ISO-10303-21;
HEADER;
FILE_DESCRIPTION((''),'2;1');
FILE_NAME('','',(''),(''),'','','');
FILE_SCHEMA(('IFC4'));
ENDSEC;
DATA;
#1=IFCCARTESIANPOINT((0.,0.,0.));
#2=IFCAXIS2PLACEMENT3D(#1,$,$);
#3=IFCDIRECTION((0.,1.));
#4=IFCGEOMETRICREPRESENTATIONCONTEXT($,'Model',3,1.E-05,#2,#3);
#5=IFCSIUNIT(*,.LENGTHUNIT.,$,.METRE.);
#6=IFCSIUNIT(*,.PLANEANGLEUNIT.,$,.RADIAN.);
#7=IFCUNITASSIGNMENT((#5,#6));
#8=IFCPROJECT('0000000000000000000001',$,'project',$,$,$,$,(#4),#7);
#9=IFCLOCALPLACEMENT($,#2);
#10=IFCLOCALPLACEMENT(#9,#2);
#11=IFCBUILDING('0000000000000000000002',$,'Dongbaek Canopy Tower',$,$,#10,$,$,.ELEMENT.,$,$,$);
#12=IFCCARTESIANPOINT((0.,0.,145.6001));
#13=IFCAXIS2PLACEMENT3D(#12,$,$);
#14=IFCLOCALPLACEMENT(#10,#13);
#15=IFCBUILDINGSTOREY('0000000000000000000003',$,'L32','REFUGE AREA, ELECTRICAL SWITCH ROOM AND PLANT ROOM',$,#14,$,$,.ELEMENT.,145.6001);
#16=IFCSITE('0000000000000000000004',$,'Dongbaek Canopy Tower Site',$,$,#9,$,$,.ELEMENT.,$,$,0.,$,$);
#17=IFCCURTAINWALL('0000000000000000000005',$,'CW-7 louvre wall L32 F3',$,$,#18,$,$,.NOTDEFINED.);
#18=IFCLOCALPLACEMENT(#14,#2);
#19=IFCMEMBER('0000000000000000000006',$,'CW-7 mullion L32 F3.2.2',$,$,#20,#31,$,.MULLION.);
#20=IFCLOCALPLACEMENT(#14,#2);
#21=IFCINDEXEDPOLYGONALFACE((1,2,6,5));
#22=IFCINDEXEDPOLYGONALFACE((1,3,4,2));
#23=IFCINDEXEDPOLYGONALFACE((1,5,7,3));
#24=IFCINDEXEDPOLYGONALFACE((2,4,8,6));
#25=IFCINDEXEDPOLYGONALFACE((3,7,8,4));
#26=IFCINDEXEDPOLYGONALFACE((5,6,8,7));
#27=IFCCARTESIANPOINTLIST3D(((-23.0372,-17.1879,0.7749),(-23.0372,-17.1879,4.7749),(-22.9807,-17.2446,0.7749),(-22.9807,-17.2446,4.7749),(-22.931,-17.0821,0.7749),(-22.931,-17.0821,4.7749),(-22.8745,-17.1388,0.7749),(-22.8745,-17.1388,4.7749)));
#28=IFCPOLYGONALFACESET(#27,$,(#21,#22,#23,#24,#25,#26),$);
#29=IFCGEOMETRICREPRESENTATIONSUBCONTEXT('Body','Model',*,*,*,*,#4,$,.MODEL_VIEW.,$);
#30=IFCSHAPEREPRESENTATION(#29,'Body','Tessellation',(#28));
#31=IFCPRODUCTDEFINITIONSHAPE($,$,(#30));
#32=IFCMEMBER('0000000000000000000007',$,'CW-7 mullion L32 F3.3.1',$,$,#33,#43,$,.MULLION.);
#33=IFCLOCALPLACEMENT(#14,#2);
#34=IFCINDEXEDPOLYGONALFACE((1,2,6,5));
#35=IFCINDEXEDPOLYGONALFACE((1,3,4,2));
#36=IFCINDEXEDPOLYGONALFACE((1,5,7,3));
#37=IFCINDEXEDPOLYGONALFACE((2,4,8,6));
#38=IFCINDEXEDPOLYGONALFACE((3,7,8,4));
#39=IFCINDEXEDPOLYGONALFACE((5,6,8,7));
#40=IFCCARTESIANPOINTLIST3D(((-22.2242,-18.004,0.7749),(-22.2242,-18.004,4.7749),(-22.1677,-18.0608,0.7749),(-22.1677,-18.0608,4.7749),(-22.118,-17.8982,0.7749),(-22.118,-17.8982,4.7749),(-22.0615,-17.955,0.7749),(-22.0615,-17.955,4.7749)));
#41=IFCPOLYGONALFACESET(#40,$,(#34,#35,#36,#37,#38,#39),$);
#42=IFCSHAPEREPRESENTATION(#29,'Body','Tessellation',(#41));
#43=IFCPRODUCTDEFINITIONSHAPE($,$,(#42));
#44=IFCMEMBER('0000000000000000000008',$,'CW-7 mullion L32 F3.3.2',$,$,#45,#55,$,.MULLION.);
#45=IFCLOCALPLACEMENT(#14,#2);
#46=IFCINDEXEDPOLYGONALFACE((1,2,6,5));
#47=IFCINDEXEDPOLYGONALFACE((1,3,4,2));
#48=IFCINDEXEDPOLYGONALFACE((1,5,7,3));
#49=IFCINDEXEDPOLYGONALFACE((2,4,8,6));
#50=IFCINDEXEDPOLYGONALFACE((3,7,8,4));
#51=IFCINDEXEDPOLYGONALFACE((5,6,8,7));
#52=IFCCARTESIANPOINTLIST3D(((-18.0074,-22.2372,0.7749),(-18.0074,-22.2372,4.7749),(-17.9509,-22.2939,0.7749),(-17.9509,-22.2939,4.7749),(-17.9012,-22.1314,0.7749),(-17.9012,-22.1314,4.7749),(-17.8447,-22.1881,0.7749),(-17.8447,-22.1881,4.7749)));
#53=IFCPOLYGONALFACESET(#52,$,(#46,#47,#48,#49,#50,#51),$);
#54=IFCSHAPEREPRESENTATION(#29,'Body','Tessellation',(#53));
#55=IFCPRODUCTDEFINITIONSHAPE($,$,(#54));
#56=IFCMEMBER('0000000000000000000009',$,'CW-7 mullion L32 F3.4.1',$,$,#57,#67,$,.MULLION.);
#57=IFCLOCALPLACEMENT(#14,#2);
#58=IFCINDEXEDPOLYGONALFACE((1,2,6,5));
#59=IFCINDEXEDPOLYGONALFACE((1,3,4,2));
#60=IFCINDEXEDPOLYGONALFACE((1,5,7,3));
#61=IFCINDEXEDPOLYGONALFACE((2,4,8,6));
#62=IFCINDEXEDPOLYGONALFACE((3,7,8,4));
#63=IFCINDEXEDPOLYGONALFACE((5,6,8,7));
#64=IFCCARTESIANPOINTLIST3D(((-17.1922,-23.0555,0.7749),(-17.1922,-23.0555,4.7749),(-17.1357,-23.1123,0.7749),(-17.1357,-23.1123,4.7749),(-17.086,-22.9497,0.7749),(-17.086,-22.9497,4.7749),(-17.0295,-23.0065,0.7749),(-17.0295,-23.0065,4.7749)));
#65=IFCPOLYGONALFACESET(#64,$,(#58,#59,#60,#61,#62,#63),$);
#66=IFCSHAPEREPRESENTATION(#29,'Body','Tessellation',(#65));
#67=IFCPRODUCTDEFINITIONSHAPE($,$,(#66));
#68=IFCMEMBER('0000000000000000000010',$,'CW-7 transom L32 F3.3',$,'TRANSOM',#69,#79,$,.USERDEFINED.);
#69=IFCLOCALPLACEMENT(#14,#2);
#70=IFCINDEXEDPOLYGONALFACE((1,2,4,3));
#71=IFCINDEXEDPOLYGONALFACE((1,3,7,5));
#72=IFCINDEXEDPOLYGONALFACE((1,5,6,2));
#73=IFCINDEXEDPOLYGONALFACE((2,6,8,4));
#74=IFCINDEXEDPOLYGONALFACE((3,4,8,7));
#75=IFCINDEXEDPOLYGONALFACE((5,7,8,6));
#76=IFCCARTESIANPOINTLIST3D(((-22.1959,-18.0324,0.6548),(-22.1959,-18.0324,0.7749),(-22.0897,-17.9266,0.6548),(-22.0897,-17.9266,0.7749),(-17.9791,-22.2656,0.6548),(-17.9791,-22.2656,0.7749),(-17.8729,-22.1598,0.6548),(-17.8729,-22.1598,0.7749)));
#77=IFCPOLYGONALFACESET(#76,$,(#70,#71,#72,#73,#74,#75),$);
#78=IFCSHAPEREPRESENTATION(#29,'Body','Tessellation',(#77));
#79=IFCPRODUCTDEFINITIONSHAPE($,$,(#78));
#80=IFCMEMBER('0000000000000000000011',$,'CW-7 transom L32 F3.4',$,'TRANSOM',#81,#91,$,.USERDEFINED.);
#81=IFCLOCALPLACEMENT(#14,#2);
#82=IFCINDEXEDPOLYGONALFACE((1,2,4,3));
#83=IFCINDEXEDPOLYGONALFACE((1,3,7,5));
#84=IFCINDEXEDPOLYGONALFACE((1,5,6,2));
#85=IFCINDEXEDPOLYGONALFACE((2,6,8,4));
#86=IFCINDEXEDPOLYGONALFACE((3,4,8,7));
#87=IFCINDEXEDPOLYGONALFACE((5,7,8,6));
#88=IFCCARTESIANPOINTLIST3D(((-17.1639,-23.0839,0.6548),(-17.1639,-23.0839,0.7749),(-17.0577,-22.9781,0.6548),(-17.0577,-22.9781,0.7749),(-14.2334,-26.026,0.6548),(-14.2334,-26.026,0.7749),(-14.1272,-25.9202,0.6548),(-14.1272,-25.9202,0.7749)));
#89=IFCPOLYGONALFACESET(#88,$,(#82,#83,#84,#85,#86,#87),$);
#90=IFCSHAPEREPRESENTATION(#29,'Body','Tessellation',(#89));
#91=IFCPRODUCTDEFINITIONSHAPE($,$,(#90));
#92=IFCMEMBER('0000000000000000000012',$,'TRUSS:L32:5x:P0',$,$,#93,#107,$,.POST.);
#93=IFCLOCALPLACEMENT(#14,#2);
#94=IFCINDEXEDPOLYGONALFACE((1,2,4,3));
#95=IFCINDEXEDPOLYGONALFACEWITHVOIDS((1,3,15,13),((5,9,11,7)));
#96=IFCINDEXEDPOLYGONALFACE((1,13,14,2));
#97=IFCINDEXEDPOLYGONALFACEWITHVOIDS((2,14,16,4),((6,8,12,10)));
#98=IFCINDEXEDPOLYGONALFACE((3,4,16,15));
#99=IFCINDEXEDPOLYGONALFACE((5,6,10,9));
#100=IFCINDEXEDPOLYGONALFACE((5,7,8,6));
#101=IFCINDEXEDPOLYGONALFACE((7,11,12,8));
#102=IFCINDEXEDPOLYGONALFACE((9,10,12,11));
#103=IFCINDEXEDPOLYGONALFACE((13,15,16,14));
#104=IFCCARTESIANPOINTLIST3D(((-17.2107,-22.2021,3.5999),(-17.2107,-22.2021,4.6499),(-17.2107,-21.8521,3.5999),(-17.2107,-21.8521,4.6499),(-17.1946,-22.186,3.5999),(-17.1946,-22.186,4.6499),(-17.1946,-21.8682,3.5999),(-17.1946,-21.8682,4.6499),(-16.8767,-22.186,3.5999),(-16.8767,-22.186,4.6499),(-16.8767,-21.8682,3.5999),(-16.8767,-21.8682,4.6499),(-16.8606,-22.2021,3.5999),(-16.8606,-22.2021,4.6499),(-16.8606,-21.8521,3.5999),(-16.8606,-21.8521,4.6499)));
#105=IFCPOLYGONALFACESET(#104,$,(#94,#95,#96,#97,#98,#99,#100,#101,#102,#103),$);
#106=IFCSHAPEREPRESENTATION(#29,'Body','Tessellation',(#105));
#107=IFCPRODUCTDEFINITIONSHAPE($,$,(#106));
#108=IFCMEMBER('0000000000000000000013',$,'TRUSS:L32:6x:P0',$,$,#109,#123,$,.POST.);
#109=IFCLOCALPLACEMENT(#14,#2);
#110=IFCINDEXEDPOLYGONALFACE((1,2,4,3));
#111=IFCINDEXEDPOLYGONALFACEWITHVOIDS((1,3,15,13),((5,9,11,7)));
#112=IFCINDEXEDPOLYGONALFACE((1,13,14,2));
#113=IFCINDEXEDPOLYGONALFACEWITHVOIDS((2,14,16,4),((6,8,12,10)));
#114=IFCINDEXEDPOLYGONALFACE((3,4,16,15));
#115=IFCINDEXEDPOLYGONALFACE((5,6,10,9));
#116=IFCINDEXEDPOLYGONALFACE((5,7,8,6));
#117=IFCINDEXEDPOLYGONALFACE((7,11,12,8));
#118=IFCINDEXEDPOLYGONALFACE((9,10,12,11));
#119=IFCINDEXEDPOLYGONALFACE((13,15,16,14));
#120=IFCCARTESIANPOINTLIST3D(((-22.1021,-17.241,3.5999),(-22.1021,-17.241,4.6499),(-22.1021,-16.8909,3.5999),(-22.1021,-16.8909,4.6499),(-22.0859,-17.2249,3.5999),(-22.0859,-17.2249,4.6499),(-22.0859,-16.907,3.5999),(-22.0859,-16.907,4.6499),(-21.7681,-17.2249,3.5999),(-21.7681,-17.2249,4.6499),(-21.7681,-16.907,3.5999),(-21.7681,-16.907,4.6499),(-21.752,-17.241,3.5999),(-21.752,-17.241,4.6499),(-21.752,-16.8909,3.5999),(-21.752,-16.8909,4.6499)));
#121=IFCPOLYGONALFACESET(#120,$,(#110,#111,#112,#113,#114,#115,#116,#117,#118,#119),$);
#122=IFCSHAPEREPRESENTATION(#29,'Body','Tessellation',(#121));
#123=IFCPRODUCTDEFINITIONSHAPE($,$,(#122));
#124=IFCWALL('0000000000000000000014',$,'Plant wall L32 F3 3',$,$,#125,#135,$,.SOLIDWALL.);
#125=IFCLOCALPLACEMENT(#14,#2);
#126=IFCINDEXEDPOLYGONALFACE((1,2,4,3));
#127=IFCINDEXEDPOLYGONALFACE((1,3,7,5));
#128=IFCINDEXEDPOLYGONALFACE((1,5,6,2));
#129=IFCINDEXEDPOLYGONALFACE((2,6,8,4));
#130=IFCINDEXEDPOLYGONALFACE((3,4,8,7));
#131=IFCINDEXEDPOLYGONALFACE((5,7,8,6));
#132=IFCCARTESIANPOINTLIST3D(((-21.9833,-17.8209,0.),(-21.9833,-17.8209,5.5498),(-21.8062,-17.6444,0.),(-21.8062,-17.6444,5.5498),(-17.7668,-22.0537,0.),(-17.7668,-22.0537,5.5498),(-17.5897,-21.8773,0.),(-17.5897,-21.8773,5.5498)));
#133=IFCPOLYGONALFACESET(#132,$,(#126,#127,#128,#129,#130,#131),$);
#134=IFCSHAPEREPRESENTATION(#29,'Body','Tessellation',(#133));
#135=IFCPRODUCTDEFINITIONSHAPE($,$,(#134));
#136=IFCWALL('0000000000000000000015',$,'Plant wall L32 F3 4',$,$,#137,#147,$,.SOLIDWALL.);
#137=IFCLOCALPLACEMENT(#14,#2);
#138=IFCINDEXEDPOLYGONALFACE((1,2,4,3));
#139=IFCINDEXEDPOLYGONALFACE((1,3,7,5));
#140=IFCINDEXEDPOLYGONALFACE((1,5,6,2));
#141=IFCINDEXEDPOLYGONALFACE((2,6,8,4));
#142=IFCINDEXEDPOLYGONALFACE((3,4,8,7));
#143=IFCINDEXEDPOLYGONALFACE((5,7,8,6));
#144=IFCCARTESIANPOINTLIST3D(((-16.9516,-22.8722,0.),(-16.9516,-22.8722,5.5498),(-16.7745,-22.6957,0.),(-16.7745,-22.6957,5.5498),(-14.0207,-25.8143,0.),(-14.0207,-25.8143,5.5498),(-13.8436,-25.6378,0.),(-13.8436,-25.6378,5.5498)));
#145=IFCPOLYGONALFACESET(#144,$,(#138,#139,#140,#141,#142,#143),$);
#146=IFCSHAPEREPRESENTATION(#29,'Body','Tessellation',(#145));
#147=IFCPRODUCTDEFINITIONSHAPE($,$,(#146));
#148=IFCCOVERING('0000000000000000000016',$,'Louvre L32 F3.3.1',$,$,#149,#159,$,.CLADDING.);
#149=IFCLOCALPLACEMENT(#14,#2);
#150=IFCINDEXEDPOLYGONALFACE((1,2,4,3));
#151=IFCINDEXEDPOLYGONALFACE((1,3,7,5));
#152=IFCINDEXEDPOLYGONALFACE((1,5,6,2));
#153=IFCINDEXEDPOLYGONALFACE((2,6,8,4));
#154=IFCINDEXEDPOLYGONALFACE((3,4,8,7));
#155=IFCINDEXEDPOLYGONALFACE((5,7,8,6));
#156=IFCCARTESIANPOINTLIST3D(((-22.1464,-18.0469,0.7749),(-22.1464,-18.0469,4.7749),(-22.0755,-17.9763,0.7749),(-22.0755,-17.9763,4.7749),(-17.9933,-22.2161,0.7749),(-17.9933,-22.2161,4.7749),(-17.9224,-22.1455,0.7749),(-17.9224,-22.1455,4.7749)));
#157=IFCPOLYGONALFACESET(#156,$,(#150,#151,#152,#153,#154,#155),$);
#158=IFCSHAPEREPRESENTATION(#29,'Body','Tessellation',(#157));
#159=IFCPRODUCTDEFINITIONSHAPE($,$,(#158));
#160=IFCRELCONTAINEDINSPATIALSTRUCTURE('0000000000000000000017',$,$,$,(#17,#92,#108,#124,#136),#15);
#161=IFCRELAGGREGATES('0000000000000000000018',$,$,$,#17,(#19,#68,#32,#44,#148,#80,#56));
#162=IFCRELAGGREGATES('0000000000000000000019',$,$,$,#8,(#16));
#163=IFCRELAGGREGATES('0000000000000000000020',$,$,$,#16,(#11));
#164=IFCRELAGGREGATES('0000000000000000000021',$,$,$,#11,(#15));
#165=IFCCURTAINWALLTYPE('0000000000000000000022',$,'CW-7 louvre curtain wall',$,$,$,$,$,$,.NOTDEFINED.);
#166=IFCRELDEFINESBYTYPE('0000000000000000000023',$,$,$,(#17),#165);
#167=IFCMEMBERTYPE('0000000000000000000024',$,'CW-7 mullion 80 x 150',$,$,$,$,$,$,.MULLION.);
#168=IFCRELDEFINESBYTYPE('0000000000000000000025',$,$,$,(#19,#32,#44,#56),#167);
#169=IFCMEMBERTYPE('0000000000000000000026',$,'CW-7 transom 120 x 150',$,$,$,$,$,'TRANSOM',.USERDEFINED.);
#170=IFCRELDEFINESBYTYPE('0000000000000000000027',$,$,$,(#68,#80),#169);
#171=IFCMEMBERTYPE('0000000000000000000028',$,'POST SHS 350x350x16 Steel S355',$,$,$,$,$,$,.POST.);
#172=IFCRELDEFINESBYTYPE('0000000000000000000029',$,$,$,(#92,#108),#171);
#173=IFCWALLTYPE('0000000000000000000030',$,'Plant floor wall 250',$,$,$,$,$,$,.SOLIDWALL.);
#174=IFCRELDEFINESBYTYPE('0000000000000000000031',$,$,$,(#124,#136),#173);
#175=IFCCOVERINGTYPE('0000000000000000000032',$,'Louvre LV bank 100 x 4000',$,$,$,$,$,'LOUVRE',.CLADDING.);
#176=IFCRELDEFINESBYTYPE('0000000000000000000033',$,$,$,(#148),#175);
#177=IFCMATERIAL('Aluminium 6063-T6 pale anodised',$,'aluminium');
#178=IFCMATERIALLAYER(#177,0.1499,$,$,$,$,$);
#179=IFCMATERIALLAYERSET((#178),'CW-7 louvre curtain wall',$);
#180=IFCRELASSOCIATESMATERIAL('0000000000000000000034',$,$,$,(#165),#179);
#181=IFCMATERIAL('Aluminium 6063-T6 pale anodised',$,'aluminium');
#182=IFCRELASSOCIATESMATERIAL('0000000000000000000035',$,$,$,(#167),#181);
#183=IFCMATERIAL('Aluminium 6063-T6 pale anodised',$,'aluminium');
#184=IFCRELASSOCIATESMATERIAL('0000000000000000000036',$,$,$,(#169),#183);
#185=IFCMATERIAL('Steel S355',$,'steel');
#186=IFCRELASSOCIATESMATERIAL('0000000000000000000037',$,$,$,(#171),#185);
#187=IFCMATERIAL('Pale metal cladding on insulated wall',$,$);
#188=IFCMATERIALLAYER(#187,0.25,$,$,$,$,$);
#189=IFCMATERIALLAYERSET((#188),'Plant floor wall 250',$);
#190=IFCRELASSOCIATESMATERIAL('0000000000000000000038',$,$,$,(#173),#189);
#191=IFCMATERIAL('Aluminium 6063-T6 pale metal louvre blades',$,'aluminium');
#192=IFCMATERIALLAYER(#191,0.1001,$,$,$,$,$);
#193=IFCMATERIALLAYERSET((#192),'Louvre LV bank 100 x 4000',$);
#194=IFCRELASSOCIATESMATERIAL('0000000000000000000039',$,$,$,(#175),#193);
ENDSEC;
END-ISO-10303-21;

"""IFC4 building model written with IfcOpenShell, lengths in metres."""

from ifc_helpers import new_model, si_unit, direction, frame, frame_2d, origin, origin_2d, place, context, subcontext, project, spatial, rectangle, hollow_rectangle, extrude, material, layer, layer_set, material_profile, profile_set, type_object, element, aggregate, save


model = new_model("IFC4")

# Units and contexts
model_context = context("Model", 3, precision=1e-05, world=origin(), true_north=direction((0.0, 1.0)))
body_context = subcontext(model_context, "Body", "Model", "MODEL_VIEW")
ifc_project = project(units=[si_unit("LENGTHUNIT", "METRE"), si_unit("PLANEANGLEUNIT", "RADIAN")], contexts=[model_context])

# Site, building, storey
site_placement = place(None, origin())
site = spatial("IfcSite", under=ifc_project, at=site_placement, Name="Dongbaek Canopy Tower Site", CompositionType="ELEMENT", RefElevation=0.0)
building_placement = place(site_placement, origin())
building = spatial("IfcBuilding", under=site, at=building_placement, Name="Dongbaek Canopy Tower", CompositionType="ELEMENT")
storey_placement = place(building_placement, frame((0.0, 0.0, 145.6001)))
storey = spatial("IfcBuildingStorey", under=building, at=storey_placement, Name="L32", Description="REFUGE AREA, ELECTRICAL SWITCH ROOM AND PLANT ROOM", CompositionType="ELEMENT", Elevation=145.6001)

# Curtain wall, members
ifc_material_1 = material(Name="Aluminium 6063-T6 pale anodised", Category="aluminium")
ifc_layer_1 = layer(ifc_material_1, 0.1499)
ifc_layer_set_1 = layer_set([ifc_layer_1], Name="CW-7 louvre curtain wall")
curtain_wall_type = type_object("IfcCurtainWallType", Name="CW-7 louvre curtain wall", PredefinedType="NOTDEFINED", material=ifc_layer_set_1)
curtain_wall_placement = place(storey_placement, origin())
curtain_wall = element("IfcCurtainWall", 1, at=curtain_wall_placement, inside=storey, type_object=curtain_wall_type, Name="CW-7 louvre wall L32 F3", PredefinedType="NOTDEFINED")
ifc_material_2 = material(Name="Aluminium 6063-T6 pale anodised", Category="aluminium")
ifc_material_profile_1 = material_profile(ifc_material_2, rectangle(XDim=0.1499, YDim=0.0801, at=origin_2d()), Name="CW-7 mullion 80 x 150")
ifc_profile_set_1 = profile_set([ifc_material_profile_1], Name="Aluminium 6063-T6 pale anodised")
member_type_1 = type_object("IfcMemberType", Name="CW-7 mullion 80 x 150", PredefinedType="MULLION", material=ifc_profile_set_1)
member_1_placement = place(storey_placement, frame((-22.9558, -17.1633, 0.7749), z_axis=(0.0, 0.0, 1.0), x_axis=(-0.708479, -0.705732, 0.0)))
member_1 = element("IfcMember", 2, at=member_1_placement, type_object=member_type_1, Name="CW-7 mullion L32 F3.2.2", PredefinedType="MULLION", context=body_context, shape_type="SweptSolid", body=[
    extrude(rectangle(XDim=0.1499, YDim=0.0801, at=origin_2d()), origin(), (0.0, 0.0, 1.0), 4.0),
])
member_2_placement = place(storey_placement, frame((-22.1428, -17.9795, 0.7749), z_axis=(0.0, 0.0, 1.0), x_axis=(-0.708479, -0.705732, 0.0)))
member_2 = element("IfcMember", 3, at=member_2_placement, type_object=member_type_1, Name="CW-7 mullion L32 F3.3.1", PredefinedType="MULLION", context=body_context, shape_type="SweptSolid", body=[
    extrude(rectangle(XDim=0.1499, YDim=0.0801, at=origin_2d()), origin(), (0.0, 0.0, 1.0), 4.0),
])
member_3_placement = place(storey_placement, frame((-17.926, -22.2126, 0.7749), z_axis=(0.0, 0.0, 1.0), x_axis=(-0.708479, -0.705732, 0.0)))
member_3 = element("IfcMember", 4, at=member_3_placement, type_object=member_type_1, Name="CW-7 mullion L32 F3.3.2", PredefinedType="MULLION", context=body_context, shape_type="SweptSolid", body=[
    extrude(rectangle(XDim=0.1499, YDim=0.0801, at=origin_2d()), origin(), (0.0, 0.0, 1.0), 4.0),
])
member_4_placement = place(storey_placement, frame((-17.1108, -23.031, 0.7749), z_axis=(0.0, 0.0, 1.0), x_axis=(-0.708479, -0.705732, 0.0)))
member_4 = element("IfcMember", 5, at=member_4_placement, type_object=member_type_1, Name="CW-7 mullion L32 F3.4.1", PredefinedType="MULLION", context=body_context, shape_type="SweptSolid", body=[
    extrude(rectangle(XDim=0.1499, YDim=0.0801, at=origin_2d()), origin(), (0.0, 0.0, 1.0), 4.0),
])
ifc_material_3 = material(Name="Aluminium 6063-T6 pale anodised", Category="aluminium")
ifc_material_profile_2 = material_profile(ifc_material_3, rectangle(XDim=0.1499, YDim=0.1201, at=origin_2d()), Name="CW-7 transom 120 x 150")
ifc_profile_set_2 = profile_set([ifc_material_profile_2], Name="Aluminium 6063-T6 pale anodised")
member_type_2 = type_object("IfcMemberType", Name="CW-7 transom 120 x 150", ElementType="TRANSOM", PredefinedType="USERDEFINED", material=ifc_profile_set_2)
member_5_placement = place(storey_placement, frame((-22.1428, -17.9795, 0.7148), z_axis=(0.705737, -0.708474, 0.0), x_axis=(0.708474, 0.705737, 0.0)))
member_5 = element("IfcMember", 6, at=member_5_placement, type_object=member_type_2, Name="CW-7 transom L32 F3.3", ObjectType="TRANSOM", PredefinedType="USERDEFINED", context=body_context, shape_type="SweptSolid", body=[
    extrude(rectangle(XDim=0.1499, YDim=0.1201, at=origin_2d()), origin(), (0.0, 0.0, 1.0), 5.9751),
])
member_6_placement = place(storey_placement, frame((-17.1108, -23.031, 0.7148), z_axis=(0.705724, -0.708487, 0.0), x_axis=(0.708487, 0.705724, 0.0)))
member_6 = element("IfcMember", 7, at=member_6_placement, type_object=member_type_2, Name="CW-7 transom L32 F3.4", ObjectType="TRANSOM", PredefinedType="USERDEFINED", context=body_context, shape_type="SweptSolid", body=[
    extrude(rectangle(XDim=0.1499, YDim=0.1201, at=origin_2d()), origin(), (0.0, 0.0, 1.0), 4.1526),
])

# Members
ifc_material_4 = material(Name="Steel S355", Category="steel")
ifc_material_profile_3 = material_profile(ifc_material_4, hollow_rectangle(XDim=0.3501, YDim=0.3501, WallThickness=0.0161, at=origin_2d()), Name="POST SHS 350x350x16 Steel S355")
ifc_profile_set_3 = profile_set([ifc_material_profile_3], Name="Steel S355")
member_type_3 = type_object("IfcMemberType", Name="POST SHS 350x350x16 Steel S355", PredefinedType="POST", material=ifc_profile_set_3)
for number, where, z_axis, x_axis, name in (
    (8, (-17.0356, -22.0271, 3.5999), (0.0, 0.0, 1.0), (1.0, 0.0, 0.0), "TRUSS:L32:5x:P0"),
    (9, (-21.927, -17.0659, 3.5999), (0.0, 0.0, 1.0), (1.0, 0.0, 0.0), "TRUSS:L32:6x:P0"),
):
    element("IfcMember", number, at=place(storey_placement, frame(where, z_axis=z_axis, x_axis=x_axis)), inside=storey, type_object=member_type_3, Name=name, PredefinedType="POST", context=body_context, shape_type="SweptSolid", body=[
        extrude(hollow_rectangle(XDim=0.3501, YDim=0.3501, WallThickness=0.0161, at=origin_2d()), origin(), (0.0, 0.0, 1.0), 1.05),
    ])

# Walls
ifc_material_5 = material(Name="Pale metal cladding on insulated wall")
ifc_layer_2 = layer(ifc_material_5, 0.25)
ifc_layer_set_2 = layer_set([ifc_layer_2], Name="Plant floor wall 250")
wall_type = type_object("IfcWallType", Name="Plant floor wall 250", PredefinedType="SOLIDWALL", material=ifc_layer_set_2)
wall_1_placement = place(storey_placement, frame((-21.8948, -17.7327, 0.0), z_axis=(0.0, 0.0, 1.0), x_axis=(0.705737, -0.708474, 0.0)))
element("IfcWall", 10, at=wall_1_placement, inside=storey, type_object=wall_type, Name="Plant wall L32 F3 3", PredefinedType="SOLIDWALL", context=body_context, shape_type="SweptSolid", body=[
    extrude(rectangle(XDim=5.9746, YDim=0.25, at=frame_2d((2.9873, 0.0))), origin(), (0.0, 0.0, 1.0), 5.5498),
])
wall_2_placement = place(storey_placement, frame((-16.863, -22.7839, 0.0), z_axis=(0.0, 0.0, 1.0), x_axis=(0.705753, -0.708458, 0.0)))
element("IfcWall", 11, at=wall_2_placement, inside=storey, type_object=wall_type, Name="Plant wall L32 F3 4", PredefinedType="SOLIDWALL", context=body_context, shape_type="SweptSolid", body=[
    extrude(rectangle(XDim=4.1528, YDim=0.25, at=frame_2d((2.0764, 0.0))), origin(), (0.0, 0.0, 1.0), 5.5498),
])

# Covering
ifc_material_6 = material(Name="Aluminium 6063-T6 pale metal louvre blades", Category="aluminium")
ifc_layer_3 = layer(ifc_material_6, 0.1001)
ifc_layer_set_3 = layer_set([ifc_layer_3], Name="Louvre LV bank 100 x 4000")
covering_type = type_object("IfcCoveringType", Name="Louvre LV bank 100 x 4000", ElementType="LOUVRE", PredefinedType="CLADDING", material=ifc_layer_set_3)
covering_placement = place(storey_placement, frame((-20.0344, -20.0962, 0.7749), z_axis=(0.0, 0.0, 1.0), x_axis=(0.705732, -0.708479, 0.0)))
covering = element("IfcCovering", 12, at=covering_placement, type_object=covering_type, Name="Louvre L32 F3.3.1", PredefinedType="CLADDING", context=body_context, shape_type="SweptSolid", body=[
    extrude(rectangle(XDim=5.8848, YDim=0.1001, at=origin_2d()), origin(), (0.0, 0.0, 1.0), 4.0),
])

aggregate(curtain_wall, [member_1, member_5, member_2, member_3, covering, member_6, member_4])

save(model, "model.ifc")
